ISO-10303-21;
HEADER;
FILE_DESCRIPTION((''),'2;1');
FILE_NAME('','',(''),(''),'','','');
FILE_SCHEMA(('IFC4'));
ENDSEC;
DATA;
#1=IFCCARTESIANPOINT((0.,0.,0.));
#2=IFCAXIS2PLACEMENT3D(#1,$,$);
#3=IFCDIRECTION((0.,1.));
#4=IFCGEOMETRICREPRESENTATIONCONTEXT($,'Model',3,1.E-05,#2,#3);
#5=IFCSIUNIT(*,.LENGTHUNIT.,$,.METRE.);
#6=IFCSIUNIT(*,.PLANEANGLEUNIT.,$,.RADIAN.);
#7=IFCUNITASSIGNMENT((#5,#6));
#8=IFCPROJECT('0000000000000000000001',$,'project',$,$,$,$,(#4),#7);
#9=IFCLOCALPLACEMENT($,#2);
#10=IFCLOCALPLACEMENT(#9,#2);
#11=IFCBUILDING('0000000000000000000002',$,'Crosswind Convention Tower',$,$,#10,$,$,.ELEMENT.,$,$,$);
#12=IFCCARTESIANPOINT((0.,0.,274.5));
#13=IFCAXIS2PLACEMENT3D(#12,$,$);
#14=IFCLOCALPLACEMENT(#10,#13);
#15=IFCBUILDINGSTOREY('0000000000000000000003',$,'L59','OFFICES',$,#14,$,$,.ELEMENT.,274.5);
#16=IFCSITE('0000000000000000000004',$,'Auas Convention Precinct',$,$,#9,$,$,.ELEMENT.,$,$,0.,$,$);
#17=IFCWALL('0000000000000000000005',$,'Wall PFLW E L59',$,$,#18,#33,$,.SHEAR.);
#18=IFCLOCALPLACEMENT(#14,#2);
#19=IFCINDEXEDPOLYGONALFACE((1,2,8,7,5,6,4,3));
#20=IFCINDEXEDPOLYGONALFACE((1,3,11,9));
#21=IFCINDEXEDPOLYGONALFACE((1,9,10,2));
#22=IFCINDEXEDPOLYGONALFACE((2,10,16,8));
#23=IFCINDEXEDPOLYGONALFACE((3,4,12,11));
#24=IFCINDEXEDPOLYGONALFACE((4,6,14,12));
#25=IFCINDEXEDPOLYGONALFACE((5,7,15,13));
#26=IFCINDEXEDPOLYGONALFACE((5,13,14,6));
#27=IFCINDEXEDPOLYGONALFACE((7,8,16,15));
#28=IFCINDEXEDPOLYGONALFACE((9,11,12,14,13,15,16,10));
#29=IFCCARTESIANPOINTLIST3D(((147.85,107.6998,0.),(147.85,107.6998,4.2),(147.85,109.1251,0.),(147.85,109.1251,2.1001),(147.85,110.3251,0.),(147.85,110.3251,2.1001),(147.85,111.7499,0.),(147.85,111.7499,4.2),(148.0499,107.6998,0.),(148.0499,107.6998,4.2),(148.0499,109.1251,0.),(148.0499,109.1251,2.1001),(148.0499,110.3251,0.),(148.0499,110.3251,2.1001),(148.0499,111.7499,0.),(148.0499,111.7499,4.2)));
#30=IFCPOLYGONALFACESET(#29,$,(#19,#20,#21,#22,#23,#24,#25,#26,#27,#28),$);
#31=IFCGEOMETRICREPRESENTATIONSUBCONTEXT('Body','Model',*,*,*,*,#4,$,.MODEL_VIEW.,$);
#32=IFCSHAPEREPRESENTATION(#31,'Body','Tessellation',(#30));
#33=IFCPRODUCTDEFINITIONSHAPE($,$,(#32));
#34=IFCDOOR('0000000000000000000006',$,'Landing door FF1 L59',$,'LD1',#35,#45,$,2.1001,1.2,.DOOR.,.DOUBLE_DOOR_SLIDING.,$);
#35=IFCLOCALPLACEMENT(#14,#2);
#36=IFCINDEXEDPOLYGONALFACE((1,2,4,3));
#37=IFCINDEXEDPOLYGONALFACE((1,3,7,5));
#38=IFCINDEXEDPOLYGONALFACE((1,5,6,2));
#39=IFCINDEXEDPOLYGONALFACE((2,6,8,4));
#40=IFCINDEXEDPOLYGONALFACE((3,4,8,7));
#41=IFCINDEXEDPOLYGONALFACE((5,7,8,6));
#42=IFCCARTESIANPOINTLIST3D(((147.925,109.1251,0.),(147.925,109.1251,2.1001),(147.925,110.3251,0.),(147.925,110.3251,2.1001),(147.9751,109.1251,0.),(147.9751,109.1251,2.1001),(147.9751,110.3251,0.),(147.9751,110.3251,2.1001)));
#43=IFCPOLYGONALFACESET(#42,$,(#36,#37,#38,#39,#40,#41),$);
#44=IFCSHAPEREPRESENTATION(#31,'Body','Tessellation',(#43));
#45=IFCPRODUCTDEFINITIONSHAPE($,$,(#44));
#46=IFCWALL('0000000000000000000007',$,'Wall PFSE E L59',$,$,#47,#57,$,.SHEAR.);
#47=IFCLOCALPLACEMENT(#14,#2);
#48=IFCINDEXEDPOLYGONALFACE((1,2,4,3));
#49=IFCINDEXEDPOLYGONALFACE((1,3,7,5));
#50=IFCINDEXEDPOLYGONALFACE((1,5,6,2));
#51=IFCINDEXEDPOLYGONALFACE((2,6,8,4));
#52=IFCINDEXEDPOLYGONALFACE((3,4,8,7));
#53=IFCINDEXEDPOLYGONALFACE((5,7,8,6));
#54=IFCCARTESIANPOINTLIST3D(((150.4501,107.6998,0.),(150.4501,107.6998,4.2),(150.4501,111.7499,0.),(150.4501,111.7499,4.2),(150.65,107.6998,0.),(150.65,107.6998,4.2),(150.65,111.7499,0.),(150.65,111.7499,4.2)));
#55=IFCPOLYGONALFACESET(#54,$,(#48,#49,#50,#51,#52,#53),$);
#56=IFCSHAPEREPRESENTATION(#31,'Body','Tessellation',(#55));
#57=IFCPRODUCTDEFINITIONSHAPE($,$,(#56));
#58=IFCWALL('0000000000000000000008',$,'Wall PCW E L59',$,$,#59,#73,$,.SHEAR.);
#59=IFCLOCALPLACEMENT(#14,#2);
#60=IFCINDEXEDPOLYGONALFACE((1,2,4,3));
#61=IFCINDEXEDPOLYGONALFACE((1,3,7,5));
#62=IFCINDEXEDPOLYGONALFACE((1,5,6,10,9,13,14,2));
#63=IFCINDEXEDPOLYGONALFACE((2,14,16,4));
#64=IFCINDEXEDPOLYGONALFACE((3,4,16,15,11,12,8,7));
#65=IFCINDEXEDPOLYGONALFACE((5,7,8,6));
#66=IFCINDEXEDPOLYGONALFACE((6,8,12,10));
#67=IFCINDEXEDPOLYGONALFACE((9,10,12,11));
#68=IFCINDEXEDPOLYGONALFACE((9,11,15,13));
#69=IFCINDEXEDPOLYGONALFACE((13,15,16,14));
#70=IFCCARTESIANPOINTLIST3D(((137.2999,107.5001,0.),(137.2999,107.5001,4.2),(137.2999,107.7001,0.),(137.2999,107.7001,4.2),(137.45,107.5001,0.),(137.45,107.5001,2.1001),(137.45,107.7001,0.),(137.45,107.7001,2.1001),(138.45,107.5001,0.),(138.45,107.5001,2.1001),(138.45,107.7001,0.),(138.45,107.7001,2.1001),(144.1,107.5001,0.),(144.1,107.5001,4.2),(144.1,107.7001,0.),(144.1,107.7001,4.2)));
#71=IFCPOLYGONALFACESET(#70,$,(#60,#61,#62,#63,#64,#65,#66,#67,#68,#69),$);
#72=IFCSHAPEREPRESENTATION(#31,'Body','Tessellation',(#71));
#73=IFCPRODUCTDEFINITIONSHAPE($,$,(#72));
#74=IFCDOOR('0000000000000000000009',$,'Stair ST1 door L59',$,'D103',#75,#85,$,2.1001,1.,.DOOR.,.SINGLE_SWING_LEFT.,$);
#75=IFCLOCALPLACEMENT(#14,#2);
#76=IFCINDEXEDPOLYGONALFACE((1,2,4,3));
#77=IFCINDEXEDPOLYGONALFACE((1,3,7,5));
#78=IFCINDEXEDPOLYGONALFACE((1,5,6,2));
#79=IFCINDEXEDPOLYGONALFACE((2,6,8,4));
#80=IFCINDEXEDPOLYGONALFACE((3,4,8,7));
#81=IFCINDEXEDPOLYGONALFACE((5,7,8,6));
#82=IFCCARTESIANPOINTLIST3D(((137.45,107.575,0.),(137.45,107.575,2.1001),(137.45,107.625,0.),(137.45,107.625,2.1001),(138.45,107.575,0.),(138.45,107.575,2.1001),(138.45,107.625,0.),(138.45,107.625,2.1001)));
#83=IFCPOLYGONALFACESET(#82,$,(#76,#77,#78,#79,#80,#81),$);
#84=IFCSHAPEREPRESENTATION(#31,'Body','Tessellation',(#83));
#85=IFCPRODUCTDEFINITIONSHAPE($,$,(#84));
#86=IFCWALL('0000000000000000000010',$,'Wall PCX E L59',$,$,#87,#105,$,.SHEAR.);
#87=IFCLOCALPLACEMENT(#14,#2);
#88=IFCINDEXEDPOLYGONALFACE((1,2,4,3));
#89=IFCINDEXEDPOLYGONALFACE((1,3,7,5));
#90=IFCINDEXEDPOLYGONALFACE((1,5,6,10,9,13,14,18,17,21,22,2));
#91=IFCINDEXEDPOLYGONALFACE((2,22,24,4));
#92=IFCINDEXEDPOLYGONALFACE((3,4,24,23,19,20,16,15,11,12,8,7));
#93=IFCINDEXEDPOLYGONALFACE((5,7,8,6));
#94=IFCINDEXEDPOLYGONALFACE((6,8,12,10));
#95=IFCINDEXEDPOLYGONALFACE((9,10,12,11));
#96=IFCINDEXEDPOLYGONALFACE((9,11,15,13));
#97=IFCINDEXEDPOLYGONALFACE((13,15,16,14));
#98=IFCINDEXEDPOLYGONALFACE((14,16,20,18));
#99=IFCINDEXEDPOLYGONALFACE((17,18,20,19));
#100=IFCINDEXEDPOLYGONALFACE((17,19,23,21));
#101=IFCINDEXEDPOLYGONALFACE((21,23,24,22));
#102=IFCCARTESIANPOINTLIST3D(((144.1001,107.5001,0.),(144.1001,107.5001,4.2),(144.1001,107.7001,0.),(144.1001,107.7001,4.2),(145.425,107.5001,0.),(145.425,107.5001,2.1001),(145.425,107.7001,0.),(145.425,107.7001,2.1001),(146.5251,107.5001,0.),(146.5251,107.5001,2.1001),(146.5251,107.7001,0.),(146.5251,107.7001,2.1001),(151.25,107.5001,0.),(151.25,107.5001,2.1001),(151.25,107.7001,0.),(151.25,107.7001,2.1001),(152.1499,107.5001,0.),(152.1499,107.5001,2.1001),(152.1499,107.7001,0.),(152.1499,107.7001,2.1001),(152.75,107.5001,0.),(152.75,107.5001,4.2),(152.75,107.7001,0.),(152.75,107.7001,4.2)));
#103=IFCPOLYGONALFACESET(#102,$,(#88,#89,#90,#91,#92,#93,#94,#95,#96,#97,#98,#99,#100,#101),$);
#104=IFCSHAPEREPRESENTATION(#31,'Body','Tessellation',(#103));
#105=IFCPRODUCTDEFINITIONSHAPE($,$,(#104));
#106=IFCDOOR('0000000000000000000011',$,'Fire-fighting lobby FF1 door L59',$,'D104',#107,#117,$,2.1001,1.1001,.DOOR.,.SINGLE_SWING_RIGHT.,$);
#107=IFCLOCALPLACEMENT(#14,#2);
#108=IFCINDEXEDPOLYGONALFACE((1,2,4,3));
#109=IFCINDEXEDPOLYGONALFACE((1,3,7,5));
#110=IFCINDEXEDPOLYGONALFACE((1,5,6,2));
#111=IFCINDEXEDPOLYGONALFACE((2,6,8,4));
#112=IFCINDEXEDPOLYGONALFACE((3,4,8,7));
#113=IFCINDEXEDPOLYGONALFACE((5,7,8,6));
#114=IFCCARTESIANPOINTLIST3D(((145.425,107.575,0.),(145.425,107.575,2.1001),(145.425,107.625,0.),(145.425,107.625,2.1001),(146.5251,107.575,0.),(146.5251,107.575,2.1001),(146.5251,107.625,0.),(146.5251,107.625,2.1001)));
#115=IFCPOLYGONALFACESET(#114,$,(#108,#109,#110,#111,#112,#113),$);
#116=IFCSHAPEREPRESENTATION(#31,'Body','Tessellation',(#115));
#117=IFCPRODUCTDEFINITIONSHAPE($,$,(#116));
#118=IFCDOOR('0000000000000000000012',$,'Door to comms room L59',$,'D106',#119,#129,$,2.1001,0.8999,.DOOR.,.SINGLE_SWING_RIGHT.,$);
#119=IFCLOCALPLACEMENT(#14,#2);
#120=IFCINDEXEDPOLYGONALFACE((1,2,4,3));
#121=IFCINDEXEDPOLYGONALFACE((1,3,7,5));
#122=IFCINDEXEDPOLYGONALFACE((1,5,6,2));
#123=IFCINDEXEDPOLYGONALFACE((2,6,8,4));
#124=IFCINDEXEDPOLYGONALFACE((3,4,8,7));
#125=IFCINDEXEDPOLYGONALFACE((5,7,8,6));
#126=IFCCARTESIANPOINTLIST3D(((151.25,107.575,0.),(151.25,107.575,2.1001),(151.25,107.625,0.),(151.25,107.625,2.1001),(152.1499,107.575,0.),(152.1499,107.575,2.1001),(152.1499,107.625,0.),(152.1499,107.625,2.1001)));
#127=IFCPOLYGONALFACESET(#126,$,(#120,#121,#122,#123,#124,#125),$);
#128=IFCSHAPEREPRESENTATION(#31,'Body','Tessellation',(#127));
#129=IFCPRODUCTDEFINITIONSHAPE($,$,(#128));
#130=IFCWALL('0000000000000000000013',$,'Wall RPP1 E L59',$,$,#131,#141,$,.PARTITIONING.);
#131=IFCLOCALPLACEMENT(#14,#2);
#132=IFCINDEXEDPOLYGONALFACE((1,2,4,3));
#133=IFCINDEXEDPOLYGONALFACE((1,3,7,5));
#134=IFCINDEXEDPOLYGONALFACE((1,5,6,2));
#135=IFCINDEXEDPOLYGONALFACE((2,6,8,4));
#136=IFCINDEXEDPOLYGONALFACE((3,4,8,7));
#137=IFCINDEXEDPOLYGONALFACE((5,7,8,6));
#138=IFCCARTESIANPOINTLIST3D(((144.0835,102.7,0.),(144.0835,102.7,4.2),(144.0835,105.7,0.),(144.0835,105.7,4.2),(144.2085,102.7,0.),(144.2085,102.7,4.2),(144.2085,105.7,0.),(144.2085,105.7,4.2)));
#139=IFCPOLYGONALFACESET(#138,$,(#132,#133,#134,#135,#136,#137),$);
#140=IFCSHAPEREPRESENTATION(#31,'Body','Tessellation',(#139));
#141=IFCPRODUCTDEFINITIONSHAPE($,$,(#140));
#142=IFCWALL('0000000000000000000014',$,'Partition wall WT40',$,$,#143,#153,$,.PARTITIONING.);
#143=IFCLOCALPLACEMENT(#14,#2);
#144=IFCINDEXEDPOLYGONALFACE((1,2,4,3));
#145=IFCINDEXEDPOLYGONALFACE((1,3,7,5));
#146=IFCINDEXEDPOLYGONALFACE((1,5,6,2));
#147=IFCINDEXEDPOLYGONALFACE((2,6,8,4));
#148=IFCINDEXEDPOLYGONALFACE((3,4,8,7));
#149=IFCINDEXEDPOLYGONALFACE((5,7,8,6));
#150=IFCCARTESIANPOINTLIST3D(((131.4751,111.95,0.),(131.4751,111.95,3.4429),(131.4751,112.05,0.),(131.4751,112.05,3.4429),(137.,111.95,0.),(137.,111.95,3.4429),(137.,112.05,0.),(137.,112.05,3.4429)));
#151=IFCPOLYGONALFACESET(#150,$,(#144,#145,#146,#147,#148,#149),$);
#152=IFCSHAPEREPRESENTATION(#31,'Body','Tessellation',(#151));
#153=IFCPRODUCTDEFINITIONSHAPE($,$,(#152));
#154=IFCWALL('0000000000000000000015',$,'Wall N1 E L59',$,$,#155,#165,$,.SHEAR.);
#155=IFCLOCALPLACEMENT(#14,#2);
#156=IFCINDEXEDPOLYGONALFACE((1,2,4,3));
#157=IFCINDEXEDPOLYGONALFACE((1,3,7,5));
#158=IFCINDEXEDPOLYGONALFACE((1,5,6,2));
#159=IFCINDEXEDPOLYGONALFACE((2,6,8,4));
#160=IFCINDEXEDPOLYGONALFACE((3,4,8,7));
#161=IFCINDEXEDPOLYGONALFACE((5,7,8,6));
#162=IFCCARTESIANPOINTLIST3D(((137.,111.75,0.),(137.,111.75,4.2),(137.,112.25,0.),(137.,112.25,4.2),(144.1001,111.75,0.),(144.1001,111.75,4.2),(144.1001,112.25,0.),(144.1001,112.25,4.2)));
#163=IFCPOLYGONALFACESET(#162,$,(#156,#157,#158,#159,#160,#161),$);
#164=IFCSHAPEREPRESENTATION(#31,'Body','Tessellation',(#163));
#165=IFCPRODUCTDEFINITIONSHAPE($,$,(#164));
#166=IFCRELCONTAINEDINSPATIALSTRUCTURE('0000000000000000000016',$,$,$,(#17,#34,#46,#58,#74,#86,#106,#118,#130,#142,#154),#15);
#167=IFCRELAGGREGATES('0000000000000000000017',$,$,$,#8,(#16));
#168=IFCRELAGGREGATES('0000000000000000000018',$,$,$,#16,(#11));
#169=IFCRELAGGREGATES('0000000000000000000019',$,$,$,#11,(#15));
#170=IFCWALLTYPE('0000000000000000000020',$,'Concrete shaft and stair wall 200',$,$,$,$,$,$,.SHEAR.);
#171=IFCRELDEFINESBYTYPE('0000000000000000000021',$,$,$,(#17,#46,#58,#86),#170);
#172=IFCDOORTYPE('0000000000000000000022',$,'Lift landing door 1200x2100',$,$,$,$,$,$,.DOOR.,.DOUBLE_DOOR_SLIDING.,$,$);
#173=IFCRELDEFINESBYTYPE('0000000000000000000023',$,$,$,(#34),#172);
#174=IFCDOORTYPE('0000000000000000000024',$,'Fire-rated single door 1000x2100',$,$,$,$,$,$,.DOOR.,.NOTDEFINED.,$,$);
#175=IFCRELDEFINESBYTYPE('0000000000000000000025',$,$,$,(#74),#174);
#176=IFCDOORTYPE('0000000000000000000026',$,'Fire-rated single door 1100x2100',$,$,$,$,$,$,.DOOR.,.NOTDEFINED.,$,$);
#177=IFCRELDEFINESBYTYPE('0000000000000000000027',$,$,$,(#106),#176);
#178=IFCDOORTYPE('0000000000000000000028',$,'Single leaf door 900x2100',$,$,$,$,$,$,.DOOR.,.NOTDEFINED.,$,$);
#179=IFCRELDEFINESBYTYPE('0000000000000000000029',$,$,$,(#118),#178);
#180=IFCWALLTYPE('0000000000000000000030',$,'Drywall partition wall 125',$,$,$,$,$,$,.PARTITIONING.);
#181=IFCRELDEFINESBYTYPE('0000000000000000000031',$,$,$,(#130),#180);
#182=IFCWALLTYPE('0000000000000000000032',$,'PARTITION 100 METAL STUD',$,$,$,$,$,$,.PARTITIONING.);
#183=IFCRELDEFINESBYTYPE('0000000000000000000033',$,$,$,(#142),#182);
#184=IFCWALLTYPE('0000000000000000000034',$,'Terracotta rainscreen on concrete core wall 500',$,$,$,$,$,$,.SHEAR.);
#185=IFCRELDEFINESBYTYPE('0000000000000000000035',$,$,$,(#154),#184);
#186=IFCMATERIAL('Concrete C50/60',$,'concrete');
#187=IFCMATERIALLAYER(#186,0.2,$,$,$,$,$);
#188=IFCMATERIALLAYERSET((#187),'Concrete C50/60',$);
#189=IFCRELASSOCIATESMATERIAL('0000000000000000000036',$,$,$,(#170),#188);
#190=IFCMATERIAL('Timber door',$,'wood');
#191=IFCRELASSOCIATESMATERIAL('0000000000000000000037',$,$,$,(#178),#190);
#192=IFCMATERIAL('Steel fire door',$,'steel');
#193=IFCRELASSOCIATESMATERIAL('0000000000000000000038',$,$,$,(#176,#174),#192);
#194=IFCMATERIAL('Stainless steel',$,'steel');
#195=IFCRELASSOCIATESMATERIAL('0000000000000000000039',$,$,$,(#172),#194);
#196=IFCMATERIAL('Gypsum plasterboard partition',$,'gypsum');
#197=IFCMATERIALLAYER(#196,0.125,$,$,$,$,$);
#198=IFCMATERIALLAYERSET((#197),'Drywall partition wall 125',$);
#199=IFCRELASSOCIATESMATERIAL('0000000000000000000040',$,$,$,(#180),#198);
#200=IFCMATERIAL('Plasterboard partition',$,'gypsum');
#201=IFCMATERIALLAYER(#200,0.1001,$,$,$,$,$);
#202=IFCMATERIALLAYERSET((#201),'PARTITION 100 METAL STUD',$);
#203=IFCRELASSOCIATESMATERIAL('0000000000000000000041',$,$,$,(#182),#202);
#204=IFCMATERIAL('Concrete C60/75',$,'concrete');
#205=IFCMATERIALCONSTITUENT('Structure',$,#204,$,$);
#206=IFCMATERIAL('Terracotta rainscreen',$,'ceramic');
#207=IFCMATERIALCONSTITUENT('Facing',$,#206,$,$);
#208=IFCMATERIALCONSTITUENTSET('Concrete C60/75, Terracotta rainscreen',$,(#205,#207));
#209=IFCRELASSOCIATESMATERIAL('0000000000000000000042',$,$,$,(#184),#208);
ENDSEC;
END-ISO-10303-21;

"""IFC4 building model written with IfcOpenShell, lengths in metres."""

from ifc_helpers import new_model, si_unit, direction, frame, frame_2d, origin, place, context, subcontext, project, spatial, rectangle, extrude, material, layer, layer_set, constituent, constituent_set, type_object, element, fill, save


model = new_model("IFC4")

# Units and contexts
model_context = context("Model", 3, precision=1e-05, world=origin(), true_north=direction((0.0, 1.0)))
body_context = subcontext(model_context, "Body", "Model", "MODEL_VIEW")
ifc_project = project(units=[si_unit("LENGTHUNIT", "METRE"), si_unit("PLANEANGLEUNIT", "RADIAN")], contexts=[model_context])

# Site, building, storey
site_placement = place(None, origin())
site = spatial("IfcSite", under=ifc_project, at=site_placement, Name="Auas Convention Precinct", CompositionType="ELEMENT", RefElevation=0.0)
building_placement = place(site_placement, origin())
building = spatial("IfcBuilding", under=site, at=building_placement, Name="Crosswind Convention Tower", CompositionType="ELEMENT")
storey_placement = place(building_placement, frame((0.0, 0.0, 274.5)))
storey = spatial("IfcBuildingStorey", under=building, at=storey_placement, Name="L59", Description="OFFICES", CompositionType="ELEMENT", Elevation=274.5)

# Shared definitions
ifc_material_1 = material(Name="Concrete C50/60", Category="concrete")
ifc_layer_1 = layer(ifc_material_1, 0.2)
ifc_layer_set_1 = layer_set([ifc_layer_1], Name="Concrete C50/60")
wall_type_1 = type_object("IfcWallType", Name="Concrete shaft and stair wall 200", PredefinedType="SHEAR", material=ifc_layer_set_1)

# Shared definitions
ifc_material_2 = material(Name="Timber door", Category="wood")
door_type_1 = type_object("IfcDoorType", Name="Single leaf door 900x2100", OperationType="NOTDEFINED", PredefinedType="DOOR", material=ifc_material_2)

# Shared definitions
ifc_material_3 = material(Name="Steel fire door", Category="steel")
door_type_2 = type_object("IfcDoorType", Name="Fire-rated single door 1100x2100", OperationType="NOTDEFINED", PredefinedType="DOOR", material=ifc_material_3)

# Wall, opening, door
wall_1_placement = place(storey_placement, frame((147.95, 107.7, 0.0), z_axis=(0.0, 0.0, 1.0), x_axis=(0.0, 1.0, 0.0)))
wall_1 = element("IfcWall", 1, at=wall_1_placement, inside=storey, type_object=wall_type_1, Name="Wall PFLW E L59", PredefinedType="SHEAR", context=body_context, shape_type="SweptSolid", body=[
    extrude(rectangle(XDim=4.05, YDim=0.2, at=frame_2d((2.0249, 0.0))), origin(), (0.0, 0.0, 1.0), 4.2),
])
opening_1_placement = place(wall_1_placement, frame((1.425, 0.0, 0.0)))
opening_1 = element("IfcOpeningElement", 2, at=opening_1_placement, cuts=wall_1, PredefinedType="OPENING", context=body_context, shape_type="SweptSolid", body=[
    extrude(rectangle(XDim=1.2, YDim=2.1001, at=frame_2d((0.6001, 1.05))), frame((0.0, 0.1099, 0.0), z_axis=(0.0, -1.0, 0.0), x_axis=(1.0, 0.0, 0.0)), (0.0, 0.0, 1.0), 0.22),
])
ifc_material_4 = material(Name="Stainless steel", Category="steel")
door_type_3 = type_object("IfcDoorType", Name="Lift landing door 1200x2100", OperationType="DOUBLE_DOOR_SLIDING", PredefinedType="DOOR", material=ifc_material_4)
door_1_placement = place(opening_1_placement, origin())
door_1 = element("IfcDoor", 3, at=door_1_placement, inside=storey, type_object=door_type_3, Name="Landing door FF1 L59", ObjectType="LD1", OperationType="DOUBLE_DOOR_SLIDING", OverallHeight=2.1001, OverallWidth=1.2, PredefinedType="DOOR", context=body_context, shape_type="SweptSolid", body=[
    extrude(rectangle(XDim=1.2, YDim=2.1001, at=frame_2d((0.6001, 1.05))), frame((0.0, 0.0249, 0.0), z_axis=(0.0, -1.0, 0.0), x_axis=(1.0, 0.0, 0.0)), (0.0, 0.0, 1.0), 0.05),
])
fill(opening_1, door_1)

# Wall
wall_2_placement = place(storey_placement, frame((150.55, 107.7, 0.0), z_axis=(0.0, 0.0, 1.0), x_axis=(0.0, 1.0, 0.0)))
element("IfcWall", 4, at=wall_2_placement, inside=storey, type_object=wall_type_1, Name="Wall PFSE E L59", PredefinedType="SHEAR", context=body_context, shape_type="SweptSolid", body=[
    extrude(rectangle(XDim=4.05, YDim=0.2, at=frame_2d((2.0249, 0.0))), origin(), (0.0, 0.0, 1.0), 4.2),
])

# Wall, opening, door
wall_3_placement = place(storey_placement, frame((137.3, 107.6001, 0.0), z_axis=(0.0, 0.0, 1.0), x_axis=(1.0, 0.0, 0.0)))
wall_3 = element("IfcWall", 5, at=wall_3_placement, inside=storey, type_object=wall_type_1, Name="Wall PCW E L59", PredefinedType="SHEAR", context=body_context, shape_type="SweptSolid", body=[
    extrude(rectangle(XDim=6.8, YDim=0.2, at=frame_2d((3.3999, 0.0))), origin(), (0.0, 0.0, 1.0), 4.2),
])
opening_2_placement = place(wall_3_placement, frame((0.1499, 0.0, 0.0)))
opening_2 = element("IfcOpeningElement", 6, at=opening_2_placement, cuts=wall_3, PredefinedType="OPENING", context=body_context, shape_type="SweptSolid", body=[
    extrude(rectangle(XDim=1.0, YDim=2.1001, at=frame_2d((0.5, 1.05))), frame((0.0, 0.1099, 0.0), z_axis=(0.0, -1.0, 0.0), x_axis=(1.0, 0.0, 0.0)), (0.0, 0.0, 1.0), 0.22),
])
door_type_4 = type_object("IfcDoorType", Name="Fire-rated single door 1000x2100", OperationType="NOTDEFINED", PredefinedType="DOOR", material=ifc_material_3)
door_2_placement = place(opening_2_placement, origin())
door_2 = element("IfcDoor", 7, at=door_2_placement, inside=storey, type_object=door_type_4, Name="Stair ST1 door L59", ObjectType="D103", OperationType="SINGLE_SWING_LEFT", OverallHeight=2.1001, OverallWidth=1.0, PredefinedType="DOOR", context=body_context, shape_type="SweptSolid", body=[
    extrude(rectangle(XDim=1.0, YDim=2.1001, at=frame_2d((0.5, 1.05))), frame((0.0, 0.0249, 0.0), z_axis=(0.0, -1.0, 0.0), x_axis=(1.0, 0.0, 0.0)), (0.0, 0.0, 1.0), 0.05),
])
fill(opening_2, door_2)

# Wall, openings, doors
wall_4_placement = place(storey_placement, frame((144.1001, 107.6001, 0.0), z_axis=(0.0, 0.0, 1.0), x_axis=(1.0, 0.0, 0.0)))
wall_4 = element("IfcWall", 8, at=wall_4_placement, inside=storey, type_object=wall_type_1, Name="Wall PCX E L59", PredefinedType="SHEAR", context=body_context, shape_type="SweptSolid", body=[
    extrude(rectangle(XDim=8.6499, YDim=0.2, at=frame_2d((4.325, 0.0))), origin(), (0.0, 0.0, 1.0), 4.2),
])
opening_3_placement = place(wall_4_placement, frame((1.325, 0.0, 0.0)))
opening_3 = element("IfcOpeningElement", 9, at=opening_3_placement, cuts=wall_4, PredefinedType="OPENING", context=body_context, shape_type="SweptSolid", body=[
    extrude(rectangle(XDim=1.1001, YDim=2.1001, at=frame_2d((0.55, 1.05))), frame((0.0, 0.1099, 0.0), z_axis=(0.0, -1.0, 0.0), x_axis=(1.0, 0.0, 0.0)), (0.0, 0.0, 1.0), 0.22),
])
opening_4_placement = place(wall_4_placement, frame((7.1499, 0.0, 0.0)))
opening_4 = element("IfcOpeningElement", 10, at=opening_4_placement, cuts=wall_4, PredefinedType="OPENING", context=body_context, shape_type="SweptSolid", body=[
    extrude(rectangle(XDim=0.8999, YDim=2.1001, at=frame_2d((0.45, 1.05))), frame((0.0, 0.1099, 0.0), z_axis=(0.0, -1.0, 0.0), x_axis=(1.0, 0.0, 0.0)), (0.0, 0.0, 1.0), 0.22),
])
door_3_placement = place(opening_3_placement, origin())
door_3 = element("IfcDoor", 11, at=door_3_placement, inside=storey, type_object=door_type_2, Name="Fire-fighting lobby FF1 door L59", ObjectType="D104", OperationType="SINGLE_SWING_RIGHT", OverallHeight=2.1001, OverallWidth=1.1001, PredefinedType="DOOR", context=body_context, shape_type="SweptSolid", body=[
    extrude(rectangle(XDim=1.1001, YDim=2.1001, at=frame_2d((0.55, 1.05))), frame((0.0, 0.0249, 0.0), z_axis=(0.0, -1.0, 0.0), x_axis=(1.0, 0.0, 0.0)), (0.0, 0.0, 1.0), 0.05),
])
fill(opening_3, door_3)
door_4_placement = place(opening_4_placement, origin())
door_4 = element("IfcDoor", 12, at=door_4_placement, inside=storey, type_object=door_type_1, Name="Door to comms room L59", ObjectType="D106", OperationType="SINGLE_SWING_RIGHT", OverallHeight=2.1001, OverallWidth=0.8999, PredefinedType="DOOR", context=body_context, shape_type="SweptSolid", body=[
    extrude(rectangle(XDim=0.8999, YDim=2.1001, at=frame_2d((0.45, 1.05))), frame((0.0, 0.0249, 0.0), z_axis=(0.0, -1.0, 0.0), x_axis=(1.0, 0.0, 0.0)), (0.0, 0.0, 1.0), 0.05),
])
fill(opening_4, door_4)

# Walls
ifc_material_5 = material(Name="Gypsum plasterboard partition", Category="gypsum")
ifc_layer_2 = layer(ifc_material_5, 0.125)
ifc_layer_set_2 = layer_set([ifc_layer_2], Name="Drywall partition wall 125")
wall_type_2 = type_object("IfcWallType", Name="Drywall partition wall 125", PredefinedType="PARTITIONING", material=ifc_layer_set_2)
wall_5_placement = place(storey_placement, frame((144.146, 102.7, 0.0), z_axis=(0.0, 0.0, 1.0), x_axis=(0.0, 1.0, 0.0)))
element("IfcWall", 13, at=wall_5_placement, inside=storey, type_object=wall_type_2, Name="Wall RPP1 E L59", PredefinedType="PARTITIONING", context=body_context, shape_type="SweptSolid", body=[
    extrude(rectangle(XDim=3.0, YDim=0.125, at=frame_2d((1.5, 0.0))), origin(), (0.0, 0.0, 1.0), 4.2),
])
ifc_material_6 = material(Name="Plasterboard partition", Category="gypsum")
ifc_layer_3 = layer(ifc_material_6, 0.1001)
ifc_layer_set_3 = layer_set([ifc_layer_3], Name="PARTITION 100 METAL STUD")
wall_type_3 = type_object("IfcWallType", Name="PARTITION 100 METAL STUD", PredefinedType="PARTITIONING", material=ifc_layer_set_3)
wall_6_placement = place(storey_placement, frame((131.4751, 112.0, 0.0), z_axis=(0.0, 0.0, 1.0), x_axis=(1.0, 0.0, 0.0)))
element("IfcWall", 14, at=wall_6_placement, inside=storey, type_object=wall_type_3, Name="Partition wall WT40", PredefinedType="PARTITIONING", context=body_context, shape_type="SweptSolid", body=[
    extrude(rectangle(XDim=5.5249, YDim=0.1001, at=frame_2d((2.7625, 0.0))), origin(), (0.0, 0.0, 1.0), 3.4429),
])
ifc_material_7 = material(Name="Concrete C60/75", Category="concrete")
ifc_constituent_1 = constituent(ifc_material_7, Name="Structure")
ifc_material_8 = material(Name="Terracotta rainscreen", Category="ceramic")
ifc_constituent_2 = constituent(ifc_material_8, Name="Facing")
ifc_constituent_set = constituent_set(constituents=[ifc_constituent_1, ifc_constituent_2], Name="Concrete C60/75, Terracotta rainscreen")
wall_type_4 = type_object("IfcWallType", Name="Terracotta rainscreen on concrete core wall 500", PredefinedType="SHEAR", material=ifc_constituent_set)
wall_7_placement = place(storey_placement, frame((137.0, 112.0, 0.0), z_axis=(0.0, 0.0, 1.0), x_axis=(1.0, 0.0, 0.0)))
element("IfcWall", 15, at=wall_7_placement, inside=storey, type_object=wall_type_4, Name="Wall N1 E L59", PredefinedType="SHEAR", context=body_context, shape_type="SweptSolid", body=[
    extrude(rectangle(XDim=7.1001, YDim=0.5, at=frame_2d((3.55, 0.0))), origin(), (0.0, 0.0, 1.0), 4.2),
])

save(model, "model.ifc")
